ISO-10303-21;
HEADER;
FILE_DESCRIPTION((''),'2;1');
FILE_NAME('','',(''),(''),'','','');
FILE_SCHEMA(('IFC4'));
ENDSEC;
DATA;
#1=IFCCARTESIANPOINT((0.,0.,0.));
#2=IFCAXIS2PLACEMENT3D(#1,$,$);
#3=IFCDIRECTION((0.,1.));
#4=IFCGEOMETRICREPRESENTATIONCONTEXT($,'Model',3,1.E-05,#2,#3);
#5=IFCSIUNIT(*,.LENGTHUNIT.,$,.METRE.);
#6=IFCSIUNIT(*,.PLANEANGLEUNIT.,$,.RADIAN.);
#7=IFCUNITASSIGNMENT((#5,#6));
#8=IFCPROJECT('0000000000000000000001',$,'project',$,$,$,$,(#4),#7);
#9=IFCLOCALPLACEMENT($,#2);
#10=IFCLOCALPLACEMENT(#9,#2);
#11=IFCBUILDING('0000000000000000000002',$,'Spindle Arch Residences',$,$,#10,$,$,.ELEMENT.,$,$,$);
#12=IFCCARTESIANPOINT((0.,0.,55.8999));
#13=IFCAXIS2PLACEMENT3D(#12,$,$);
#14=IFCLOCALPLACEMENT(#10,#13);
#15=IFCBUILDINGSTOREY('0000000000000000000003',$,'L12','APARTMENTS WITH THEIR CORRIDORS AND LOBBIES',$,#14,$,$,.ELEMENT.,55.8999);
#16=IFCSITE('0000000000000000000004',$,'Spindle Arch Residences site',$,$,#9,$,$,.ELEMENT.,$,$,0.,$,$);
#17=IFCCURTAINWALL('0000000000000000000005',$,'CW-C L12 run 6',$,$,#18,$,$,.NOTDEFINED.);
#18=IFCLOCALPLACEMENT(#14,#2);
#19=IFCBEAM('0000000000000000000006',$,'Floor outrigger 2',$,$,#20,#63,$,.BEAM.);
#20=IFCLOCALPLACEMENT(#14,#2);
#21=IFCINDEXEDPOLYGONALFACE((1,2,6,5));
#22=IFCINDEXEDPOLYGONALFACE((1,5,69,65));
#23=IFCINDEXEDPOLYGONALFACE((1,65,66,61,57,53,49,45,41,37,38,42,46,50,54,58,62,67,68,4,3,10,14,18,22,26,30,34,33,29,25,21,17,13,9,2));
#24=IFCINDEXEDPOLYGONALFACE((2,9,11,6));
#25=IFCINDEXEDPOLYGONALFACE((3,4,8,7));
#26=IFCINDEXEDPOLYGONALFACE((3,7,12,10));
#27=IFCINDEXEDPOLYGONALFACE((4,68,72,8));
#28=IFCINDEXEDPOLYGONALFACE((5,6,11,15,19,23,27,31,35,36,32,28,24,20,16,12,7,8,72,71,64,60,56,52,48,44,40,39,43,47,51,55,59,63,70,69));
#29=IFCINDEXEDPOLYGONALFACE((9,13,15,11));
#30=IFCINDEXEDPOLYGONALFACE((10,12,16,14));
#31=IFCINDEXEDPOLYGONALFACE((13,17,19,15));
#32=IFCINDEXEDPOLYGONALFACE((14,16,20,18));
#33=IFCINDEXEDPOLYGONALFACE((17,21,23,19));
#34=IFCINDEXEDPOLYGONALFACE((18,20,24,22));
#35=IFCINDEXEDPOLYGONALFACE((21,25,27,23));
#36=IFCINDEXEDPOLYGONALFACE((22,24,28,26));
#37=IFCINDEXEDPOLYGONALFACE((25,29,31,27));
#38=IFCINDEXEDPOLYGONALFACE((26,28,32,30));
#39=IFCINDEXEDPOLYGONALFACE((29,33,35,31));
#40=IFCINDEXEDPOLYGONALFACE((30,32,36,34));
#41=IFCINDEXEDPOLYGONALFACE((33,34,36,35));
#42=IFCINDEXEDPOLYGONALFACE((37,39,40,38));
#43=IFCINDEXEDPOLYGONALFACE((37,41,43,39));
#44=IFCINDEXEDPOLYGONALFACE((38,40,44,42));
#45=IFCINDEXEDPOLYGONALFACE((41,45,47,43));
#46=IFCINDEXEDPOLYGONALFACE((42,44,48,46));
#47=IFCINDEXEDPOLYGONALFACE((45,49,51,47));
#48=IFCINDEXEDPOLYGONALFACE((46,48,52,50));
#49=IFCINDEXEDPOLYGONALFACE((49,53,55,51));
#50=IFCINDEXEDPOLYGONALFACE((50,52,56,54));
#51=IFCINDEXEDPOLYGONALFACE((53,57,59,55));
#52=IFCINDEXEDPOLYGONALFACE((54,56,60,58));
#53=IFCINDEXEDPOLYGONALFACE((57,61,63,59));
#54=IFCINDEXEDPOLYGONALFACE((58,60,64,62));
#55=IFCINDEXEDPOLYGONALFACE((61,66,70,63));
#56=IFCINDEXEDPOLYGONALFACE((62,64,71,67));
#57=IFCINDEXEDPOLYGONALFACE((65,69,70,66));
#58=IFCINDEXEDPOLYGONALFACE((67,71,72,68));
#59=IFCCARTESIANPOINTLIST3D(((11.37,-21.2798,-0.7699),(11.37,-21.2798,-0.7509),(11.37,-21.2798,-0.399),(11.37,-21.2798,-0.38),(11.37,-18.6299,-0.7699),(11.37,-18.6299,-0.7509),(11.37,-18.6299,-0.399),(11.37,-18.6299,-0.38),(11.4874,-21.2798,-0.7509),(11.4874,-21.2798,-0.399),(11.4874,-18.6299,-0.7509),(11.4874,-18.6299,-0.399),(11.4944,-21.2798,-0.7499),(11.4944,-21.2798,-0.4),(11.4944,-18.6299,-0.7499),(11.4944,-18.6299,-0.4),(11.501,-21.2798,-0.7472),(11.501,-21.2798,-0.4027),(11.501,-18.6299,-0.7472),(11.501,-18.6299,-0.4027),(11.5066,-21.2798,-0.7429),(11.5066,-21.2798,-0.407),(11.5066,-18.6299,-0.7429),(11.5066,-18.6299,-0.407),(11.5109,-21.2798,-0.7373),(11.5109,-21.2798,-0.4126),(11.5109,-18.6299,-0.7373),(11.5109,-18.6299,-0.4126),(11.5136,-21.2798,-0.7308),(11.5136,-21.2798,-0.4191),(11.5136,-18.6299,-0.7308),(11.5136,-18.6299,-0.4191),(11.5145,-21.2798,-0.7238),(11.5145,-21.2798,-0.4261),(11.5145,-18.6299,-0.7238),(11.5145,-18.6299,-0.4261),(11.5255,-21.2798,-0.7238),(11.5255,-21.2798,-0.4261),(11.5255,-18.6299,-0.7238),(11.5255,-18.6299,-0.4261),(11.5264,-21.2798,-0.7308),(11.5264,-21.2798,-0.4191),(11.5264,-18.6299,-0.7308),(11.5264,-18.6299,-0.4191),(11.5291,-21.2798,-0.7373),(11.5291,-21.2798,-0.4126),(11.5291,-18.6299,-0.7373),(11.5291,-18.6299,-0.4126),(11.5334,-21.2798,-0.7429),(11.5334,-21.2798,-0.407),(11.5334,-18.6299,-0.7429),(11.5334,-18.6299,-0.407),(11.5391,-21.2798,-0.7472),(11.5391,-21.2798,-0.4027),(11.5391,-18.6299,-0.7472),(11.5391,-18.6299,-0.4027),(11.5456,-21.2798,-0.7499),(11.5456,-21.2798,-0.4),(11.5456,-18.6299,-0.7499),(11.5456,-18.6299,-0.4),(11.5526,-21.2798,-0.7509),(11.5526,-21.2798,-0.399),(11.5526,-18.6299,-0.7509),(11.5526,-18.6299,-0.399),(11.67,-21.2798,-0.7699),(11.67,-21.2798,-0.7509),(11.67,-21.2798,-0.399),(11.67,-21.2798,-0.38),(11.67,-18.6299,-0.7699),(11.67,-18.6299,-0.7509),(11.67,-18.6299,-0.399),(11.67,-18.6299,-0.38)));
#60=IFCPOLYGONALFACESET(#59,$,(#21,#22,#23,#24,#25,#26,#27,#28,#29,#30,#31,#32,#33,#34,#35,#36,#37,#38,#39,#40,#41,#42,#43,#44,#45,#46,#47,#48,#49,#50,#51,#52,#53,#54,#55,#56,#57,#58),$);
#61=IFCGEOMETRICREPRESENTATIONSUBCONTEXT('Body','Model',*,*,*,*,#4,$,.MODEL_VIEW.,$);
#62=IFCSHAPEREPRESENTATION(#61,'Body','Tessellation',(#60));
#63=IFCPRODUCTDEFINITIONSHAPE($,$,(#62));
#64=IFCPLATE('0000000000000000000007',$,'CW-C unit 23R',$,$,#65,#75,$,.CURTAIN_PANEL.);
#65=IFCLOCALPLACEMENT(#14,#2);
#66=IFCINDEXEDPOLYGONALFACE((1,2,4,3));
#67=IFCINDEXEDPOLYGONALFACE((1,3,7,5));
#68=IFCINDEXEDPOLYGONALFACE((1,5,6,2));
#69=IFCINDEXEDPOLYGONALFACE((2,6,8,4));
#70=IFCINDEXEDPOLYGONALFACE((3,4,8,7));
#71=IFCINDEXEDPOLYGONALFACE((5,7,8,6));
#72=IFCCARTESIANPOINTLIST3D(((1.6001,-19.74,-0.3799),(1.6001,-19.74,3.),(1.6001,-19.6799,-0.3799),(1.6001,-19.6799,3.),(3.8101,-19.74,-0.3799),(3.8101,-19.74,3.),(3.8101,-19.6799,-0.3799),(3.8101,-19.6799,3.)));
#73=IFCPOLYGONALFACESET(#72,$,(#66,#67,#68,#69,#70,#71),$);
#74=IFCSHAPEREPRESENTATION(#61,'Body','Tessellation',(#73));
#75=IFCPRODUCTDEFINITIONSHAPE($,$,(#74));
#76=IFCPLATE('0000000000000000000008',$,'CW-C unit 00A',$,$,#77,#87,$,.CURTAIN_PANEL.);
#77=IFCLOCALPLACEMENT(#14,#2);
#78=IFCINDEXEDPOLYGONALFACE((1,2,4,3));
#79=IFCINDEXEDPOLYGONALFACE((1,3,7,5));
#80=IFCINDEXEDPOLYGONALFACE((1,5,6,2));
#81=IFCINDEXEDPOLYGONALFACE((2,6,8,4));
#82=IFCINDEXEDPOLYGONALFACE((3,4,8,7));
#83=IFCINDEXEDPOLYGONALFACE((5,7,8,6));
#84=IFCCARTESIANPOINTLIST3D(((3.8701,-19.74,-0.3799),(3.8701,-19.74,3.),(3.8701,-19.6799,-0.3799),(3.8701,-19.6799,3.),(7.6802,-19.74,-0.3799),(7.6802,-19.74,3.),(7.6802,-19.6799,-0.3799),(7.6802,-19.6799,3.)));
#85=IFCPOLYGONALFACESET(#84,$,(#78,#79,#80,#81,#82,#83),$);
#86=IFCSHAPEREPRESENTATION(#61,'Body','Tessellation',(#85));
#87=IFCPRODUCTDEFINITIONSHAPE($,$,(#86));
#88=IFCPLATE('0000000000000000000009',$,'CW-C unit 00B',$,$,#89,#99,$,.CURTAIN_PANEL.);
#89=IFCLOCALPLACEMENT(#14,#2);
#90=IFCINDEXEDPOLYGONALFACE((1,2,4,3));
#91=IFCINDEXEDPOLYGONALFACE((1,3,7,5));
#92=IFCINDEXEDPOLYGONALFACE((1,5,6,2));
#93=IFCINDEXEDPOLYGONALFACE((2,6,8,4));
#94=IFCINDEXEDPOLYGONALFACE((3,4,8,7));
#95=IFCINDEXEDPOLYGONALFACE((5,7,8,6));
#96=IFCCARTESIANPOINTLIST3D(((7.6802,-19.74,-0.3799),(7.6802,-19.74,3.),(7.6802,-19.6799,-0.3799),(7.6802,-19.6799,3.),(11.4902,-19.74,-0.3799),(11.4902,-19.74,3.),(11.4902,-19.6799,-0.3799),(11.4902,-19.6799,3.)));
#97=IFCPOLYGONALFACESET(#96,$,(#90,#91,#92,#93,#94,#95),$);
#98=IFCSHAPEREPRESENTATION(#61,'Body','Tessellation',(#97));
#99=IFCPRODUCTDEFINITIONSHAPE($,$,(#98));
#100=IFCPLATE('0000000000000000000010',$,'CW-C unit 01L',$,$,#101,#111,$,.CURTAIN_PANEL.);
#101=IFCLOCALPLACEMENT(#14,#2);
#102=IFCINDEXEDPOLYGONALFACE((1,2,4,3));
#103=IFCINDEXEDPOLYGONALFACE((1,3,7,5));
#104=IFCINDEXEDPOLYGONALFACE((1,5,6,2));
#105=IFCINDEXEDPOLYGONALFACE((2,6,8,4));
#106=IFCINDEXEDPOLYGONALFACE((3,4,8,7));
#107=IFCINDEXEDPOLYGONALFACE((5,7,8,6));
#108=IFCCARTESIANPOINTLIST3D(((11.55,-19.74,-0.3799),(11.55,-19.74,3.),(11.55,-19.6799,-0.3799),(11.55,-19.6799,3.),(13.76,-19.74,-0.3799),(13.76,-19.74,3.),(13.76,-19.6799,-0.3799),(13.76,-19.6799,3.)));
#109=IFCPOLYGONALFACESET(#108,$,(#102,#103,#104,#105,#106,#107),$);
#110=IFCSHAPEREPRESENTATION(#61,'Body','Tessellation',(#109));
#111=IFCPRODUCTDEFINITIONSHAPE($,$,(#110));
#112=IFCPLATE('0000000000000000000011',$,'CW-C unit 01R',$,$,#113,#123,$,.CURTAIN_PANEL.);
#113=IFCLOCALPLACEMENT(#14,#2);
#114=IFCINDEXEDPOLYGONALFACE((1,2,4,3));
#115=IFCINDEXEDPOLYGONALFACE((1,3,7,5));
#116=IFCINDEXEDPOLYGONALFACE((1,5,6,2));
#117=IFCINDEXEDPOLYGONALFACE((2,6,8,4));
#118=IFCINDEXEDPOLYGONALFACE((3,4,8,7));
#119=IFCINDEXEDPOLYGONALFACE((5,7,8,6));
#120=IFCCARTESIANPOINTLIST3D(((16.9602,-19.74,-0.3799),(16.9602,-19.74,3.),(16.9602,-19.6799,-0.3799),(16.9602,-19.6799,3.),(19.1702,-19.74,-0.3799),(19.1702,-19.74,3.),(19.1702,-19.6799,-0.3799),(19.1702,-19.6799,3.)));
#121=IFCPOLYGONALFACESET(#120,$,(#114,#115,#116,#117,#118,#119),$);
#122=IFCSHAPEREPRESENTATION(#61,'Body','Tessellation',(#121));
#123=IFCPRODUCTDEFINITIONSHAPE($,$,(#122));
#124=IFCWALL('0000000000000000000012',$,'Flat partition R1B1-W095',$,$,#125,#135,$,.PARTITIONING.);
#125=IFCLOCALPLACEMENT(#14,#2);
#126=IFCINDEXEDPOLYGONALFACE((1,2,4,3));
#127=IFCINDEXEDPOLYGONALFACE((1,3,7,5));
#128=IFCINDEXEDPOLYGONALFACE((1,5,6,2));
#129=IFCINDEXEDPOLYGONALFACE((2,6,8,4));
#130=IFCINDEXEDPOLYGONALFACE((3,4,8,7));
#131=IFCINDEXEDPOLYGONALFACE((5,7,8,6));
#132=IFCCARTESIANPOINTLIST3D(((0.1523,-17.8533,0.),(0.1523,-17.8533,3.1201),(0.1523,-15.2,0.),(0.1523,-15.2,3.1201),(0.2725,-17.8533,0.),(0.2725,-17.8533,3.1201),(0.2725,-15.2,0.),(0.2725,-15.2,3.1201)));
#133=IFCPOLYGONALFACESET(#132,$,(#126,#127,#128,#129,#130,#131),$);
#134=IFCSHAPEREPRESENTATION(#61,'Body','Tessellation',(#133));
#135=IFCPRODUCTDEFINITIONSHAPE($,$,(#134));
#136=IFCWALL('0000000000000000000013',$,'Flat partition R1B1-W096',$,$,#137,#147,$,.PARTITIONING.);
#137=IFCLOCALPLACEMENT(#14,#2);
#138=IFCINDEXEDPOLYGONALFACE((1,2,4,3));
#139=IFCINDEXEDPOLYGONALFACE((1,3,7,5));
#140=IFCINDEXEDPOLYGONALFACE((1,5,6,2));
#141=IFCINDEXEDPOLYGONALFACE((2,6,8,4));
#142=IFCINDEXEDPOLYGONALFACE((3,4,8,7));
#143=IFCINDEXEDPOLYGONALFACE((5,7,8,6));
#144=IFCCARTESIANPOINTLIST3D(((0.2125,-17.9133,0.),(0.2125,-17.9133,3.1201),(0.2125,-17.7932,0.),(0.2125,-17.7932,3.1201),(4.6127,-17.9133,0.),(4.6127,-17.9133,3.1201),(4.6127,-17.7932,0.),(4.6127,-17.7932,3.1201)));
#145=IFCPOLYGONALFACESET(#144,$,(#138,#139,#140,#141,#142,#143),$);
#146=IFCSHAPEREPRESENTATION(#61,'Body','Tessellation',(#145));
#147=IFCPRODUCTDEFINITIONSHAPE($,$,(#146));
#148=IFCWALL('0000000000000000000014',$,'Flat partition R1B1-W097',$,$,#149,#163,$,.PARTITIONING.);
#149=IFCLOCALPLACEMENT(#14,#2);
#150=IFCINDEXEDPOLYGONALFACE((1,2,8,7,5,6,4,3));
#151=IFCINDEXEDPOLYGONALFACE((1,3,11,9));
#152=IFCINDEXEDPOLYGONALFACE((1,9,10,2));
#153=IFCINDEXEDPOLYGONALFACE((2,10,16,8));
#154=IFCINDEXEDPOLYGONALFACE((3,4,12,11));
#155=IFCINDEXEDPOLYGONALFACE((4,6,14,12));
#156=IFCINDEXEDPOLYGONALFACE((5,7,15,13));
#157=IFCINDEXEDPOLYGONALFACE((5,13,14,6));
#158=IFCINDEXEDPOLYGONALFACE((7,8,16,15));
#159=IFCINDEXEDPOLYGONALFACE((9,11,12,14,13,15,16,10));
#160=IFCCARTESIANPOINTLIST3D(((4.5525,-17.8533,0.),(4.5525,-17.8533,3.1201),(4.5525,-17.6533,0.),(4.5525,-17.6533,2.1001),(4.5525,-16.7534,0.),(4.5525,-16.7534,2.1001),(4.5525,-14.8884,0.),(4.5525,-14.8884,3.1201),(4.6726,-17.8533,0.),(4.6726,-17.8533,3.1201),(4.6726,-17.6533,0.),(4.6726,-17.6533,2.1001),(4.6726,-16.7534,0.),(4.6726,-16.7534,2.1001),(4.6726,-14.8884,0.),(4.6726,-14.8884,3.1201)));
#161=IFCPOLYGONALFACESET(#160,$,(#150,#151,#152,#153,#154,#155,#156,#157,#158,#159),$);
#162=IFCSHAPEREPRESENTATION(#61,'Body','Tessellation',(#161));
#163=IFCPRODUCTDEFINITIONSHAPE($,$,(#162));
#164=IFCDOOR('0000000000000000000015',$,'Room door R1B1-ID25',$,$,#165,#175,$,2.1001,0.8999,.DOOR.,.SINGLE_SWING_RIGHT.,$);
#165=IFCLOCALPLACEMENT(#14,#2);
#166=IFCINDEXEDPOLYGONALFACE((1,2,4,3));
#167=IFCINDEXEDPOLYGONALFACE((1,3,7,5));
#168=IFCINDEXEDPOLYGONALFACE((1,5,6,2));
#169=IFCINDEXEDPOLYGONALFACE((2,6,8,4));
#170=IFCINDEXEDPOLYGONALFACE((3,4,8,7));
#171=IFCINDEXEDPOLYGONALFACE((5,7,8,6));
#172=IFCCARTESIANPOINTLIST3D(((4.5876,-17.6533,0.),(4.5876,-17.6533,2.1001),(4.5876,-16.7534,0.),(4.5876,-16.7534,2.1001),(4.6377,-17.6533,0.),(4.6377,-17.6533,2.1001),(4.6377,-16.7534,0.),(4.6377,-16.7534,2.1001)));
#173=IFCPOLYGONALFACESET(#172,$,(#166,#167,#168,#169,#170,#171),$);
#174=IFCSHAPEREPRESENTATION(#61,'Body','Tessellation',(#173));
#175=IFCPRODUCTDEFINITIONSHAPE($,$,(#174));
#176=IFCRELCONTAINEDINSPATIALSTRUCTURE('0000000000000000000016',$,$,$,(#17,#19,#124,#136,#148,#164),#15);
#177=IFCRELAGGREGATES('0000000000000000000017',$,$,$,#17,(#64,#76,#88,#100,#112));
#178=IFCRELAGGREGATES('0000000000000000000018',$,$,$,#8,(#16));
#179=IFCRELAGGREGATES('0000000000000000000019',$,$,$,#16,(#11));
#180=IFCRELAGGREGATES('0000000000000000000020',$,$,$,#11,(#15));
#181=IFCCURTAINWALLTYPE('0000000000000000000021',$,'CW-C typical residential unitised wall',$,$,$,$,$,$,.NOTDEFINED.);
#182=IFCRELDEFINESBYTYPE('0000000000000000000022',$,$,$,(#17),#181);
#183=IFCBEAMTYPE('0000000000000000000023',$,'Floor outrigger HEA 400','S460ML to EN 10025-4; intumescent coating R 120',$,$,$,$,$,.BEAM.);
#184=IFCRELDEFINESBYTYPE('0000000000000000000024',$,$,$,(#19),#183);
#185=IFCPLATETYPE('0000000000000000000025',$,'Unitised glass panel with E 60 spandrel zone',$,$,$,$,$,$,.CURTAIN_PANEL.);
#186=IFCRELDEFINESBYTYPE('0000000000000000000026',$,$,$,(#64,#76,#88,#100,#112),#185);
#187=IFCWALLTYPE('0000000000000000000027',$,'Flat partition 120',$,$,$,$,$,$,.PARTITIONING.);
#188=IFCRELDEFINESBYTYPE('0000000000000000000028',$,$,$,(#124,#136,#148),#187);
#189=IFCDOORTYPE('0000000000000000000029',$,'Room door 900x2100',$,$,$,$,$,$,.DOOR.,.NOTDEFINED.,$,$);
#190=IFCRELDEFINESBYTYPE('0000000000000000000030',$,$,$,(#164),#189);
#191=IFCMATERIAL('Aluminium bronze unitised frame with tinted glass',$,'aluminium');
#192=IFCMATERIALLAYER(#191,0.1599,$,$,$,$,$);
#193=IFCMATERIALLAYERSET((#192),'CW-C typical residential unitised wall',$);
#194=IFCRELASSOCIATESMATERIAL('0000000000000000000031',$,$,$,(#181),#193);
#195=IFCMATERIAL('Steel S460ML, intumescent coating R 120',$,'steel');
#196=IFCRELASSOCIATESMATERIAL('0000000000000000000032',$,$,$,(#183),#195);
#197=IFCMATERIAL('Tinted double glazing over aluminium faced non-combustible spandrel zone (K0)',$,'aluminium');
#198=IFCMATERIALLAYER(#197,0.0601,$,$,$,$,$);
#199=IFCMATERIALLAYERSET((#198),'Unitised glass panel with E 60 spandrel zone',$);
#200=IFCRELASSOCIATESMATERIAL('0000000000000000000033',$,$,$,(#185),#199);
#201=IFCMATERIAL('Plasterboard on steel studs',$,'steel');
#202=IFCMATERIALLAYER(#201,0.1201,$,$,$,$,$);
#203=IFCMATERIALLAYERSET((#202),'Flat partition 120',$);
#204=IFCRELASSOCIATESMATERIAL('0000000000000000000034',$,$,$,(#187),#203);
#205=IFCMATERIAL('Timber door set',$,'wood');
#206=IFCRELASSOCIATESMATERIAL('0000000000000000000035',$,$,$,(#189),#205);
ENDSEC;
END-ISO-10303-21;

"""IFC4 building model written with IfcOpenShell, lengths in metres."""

from ifc_helpers import new_model, si_unit, direction, frame, frame_2d, origin, origin_2d, place, context, subcontext, project, spatial, rectangle, i_section, extrude, material, layer, layer_set, material_profile, profile_set, type_object, element, fill, aggregate, save


model = new_model("IFC4")

# Units and contexts
model_context = context("Model", 3, precision=1e-05, world=origin(), true_north=direction((0.0, 1.0)))
body_context = subcontext(model_context, "Body", "Model", "MODEL_VIEW")
ifc_project = project(units=[si_unit("LENGTHUNIT", "METRE"), si_unit("PLANEANGLEUNIT", "RADIAN")], contexts=[model_context])

# Site, building, storey
site_placement = place(None, origin())
site = spatial("IfcSite", under=ifc_project, at=site_placement, Name="Spindle Arch Residences site", CompositionType="ELEMENT", RefElevation=0.0)
building_placement = place(site_placement, origin())
building = spatial("IfcBuilding", under=site, at=building_placement, Name="Spindle Arch Residences", CompositionType="ELEMENT")
storey_placement = place(building_placement, frame((0.0, 0.0, 55.8999)))
storey = spatial("IfcBuildingStorey", under=building, at=storey_placement, Name="L12", Description="APARTMENTS WITH THEIR CORRIDORS AND LOBBIES", CompositionType="ELEMENT", Elevation=55.8999)

# Curtain wall
ifc_material_1 = material(Name="Aluminium bronze unitised frame with tinted glass", Category="aluminium")
ifc_layer_1 = layer(ifc_material_1, 0.1599)
ifc_layer_set_1 = layer_set([ifc_layer_1], Name="CW-C typical residential unitised wall")
curtain_wall_type = type_object("IfcCurtainWallType", Name="CW-C typical residential unitised wall", PredefinedType="NOTDEFINED", material=ifc_layer_set_1)
curtain_wall_placement = place(storey_placement, origin())
curtain_wall = element("IfcCurtainWall", 1, at=curtain_wall_placement, inside=storey, type_object=curtain_wall_type, Name="CW-C L12 run 6", PredefinedType="NOTDEFINED")

# Beam
ifc_material_2 = material(Name="Steel S460ML, intumescent coating R 120", Category="steel")
ifc_material_profile_1 = material_profile(ifc_material_2, i_section(OverallWidth=0.3, OverallDepth=0.3899, WebThickness=0.011, FlangeThickness=0.019, FilletRadius=0.0271, at=origin_2d()), Name="HEA 400")
ifc_profile_set_1 = profile_set([ifc_material_profile_1], Name="Steel S460ML, intumescent coating R 120")
beam_type_1 = type_object("IfcBeamType", Name="Floor outrigger HEA 400", Description="S460ML to EN 10025-4; intumescent coating R 120", PredefinedType="BEAM", material=ifc_profile_set_1)
for number, where, z_axis, x_axis, name in (
    (2, (11.52, -21.2798, -0.575), (0.0, 1.0, 0.0), (-1.0, 0.0, 0.0), "Floor outrigger 2"),
):
    element("IfcBeam", number, at=place(storey_placement, frame(where, z_axis=z_axis, x_axis=x_axis)), inside=storey, type_object=beam_type_1, Name=name, PredefinedType="BEAM", context=body_context, shape_type="SweptSolid", body=[
        extrude(i_section(OverallWidth=0.3, OverallDepth=0.3899, WebThickness=0.011, FlangeThickness=0.019, FilletRadius=0.0271, at=origin_2d()), origin(), (0.0, 0.0, 1.0), 2.6499),
    ])

# Plates
ifc_material_3 = material(Name="Tinted double glazing over aluminium faced non-combustible spandrel zone (K0)", Category="aluminium")
ifc_layer_2 = layer(ifc_material_3, 0.0601)
ifc_layer_set_2 = layer_set([ifc_layer_2], Name="Unitised glass panel with E 60 spandrel zone")
plate_type = type_object("IfcPlateType", Name="Unitised glass panel with E 60 spandrel zone", PredefinedType="CURTAIN_PANEL", material=ifc_layer_set_2)
plate_1_placement = place(storey_placement, frame((2.7051, -19.71, -0.3799), z_axis=(0.0, 0.0, 1.0), x_axis=(1.0, 0.0, 0.0)))
plate_1 = element("IfcPlate", 3, at=plate_1_placement, type_object=plate_type, Name="CW-C unit 23R", PredefinedType="CURTAIN_PANEL", context=body_context, shape_type="SweptSolid", body=[
    extrude(rectangle(XDim=2.21, YDim=0.0601, at=origin_2d()), origin(), (0.0, 0.0, 1.0), 3.3799),
])
plate_2_placement = place(storey_placement, frame((5.7751, -19.71, -0.3799), z_axis=(0.0, 0.0, 1.0), x_axis=(1.0, 0.0, 0.0)))
plate_2 = element("IfcPlate", 4, at=plate_2_placement, type_object=plate_type, Name="CW-C unit 00A", PredefinedType="CURTAIN_PANEL", context=body_context, shape_type="SweptSolid", body=[
    extrude(rectangle(XDim=3.8101, YDim=0.0601, at=origin_2d()), origin(), (0.0, 0.0, 1.0), 3.3799),
])
plate_3_placement = place(storey_placement, frame((9.5852, -19.71, -0.3799), z_axis=(0.0, 0.0, 1.0), x_axis=(1.0, 0.0, 0.0)))
plate_3 = element("IfcPlate", 5, at=plate_3_placement, type_object=plate_type, Name="CW-C unit 00B", PredefinedType="CURTAIN_PANEL", context=body_context, shape_type="SweptSolid", body=[
    extrude(rectangle(XDim=3.8101, YDim=0.0601, at=origin_2d()), origin(), (0.0, 0.0, 1.0), 3.3799),
])
plate_4_placement = place(storey_placement, frame((12.655, -19.71, -0.3799), z_axis=(0.0, 0.0, 1.0), x_axis=(1.0, 0.0, 0.0)))
plate_4 = element("IfcPlate", 6, at=plate_4_placement, type_object=plate_type, Name="CW-C unit 01L", PredefinedType="CURTAIN_PANEL", context=body_context, shape_type="SweptSolid", body=[
    extrude(rectangle(XDim=2.21, YDim=0.0601, at=origin_2d()), origin(), (0.0, 0.0, 1.0), 3.3799),
])
plate_5_placement = place(storey_placement, frame((18.0652, -19.71, -0.3799), z_axis=(0.0, 0.0, 1.0), x_axis=(1.0, 0.0, 0.0)))
plate_5 = element("IfcPlate", 7, at=plate_5_placement, type_object=plate_type, Name="CW-C unit 01R", PredefinedType="CURTAIN_PANEL", context=body_context, shape_type="SweptSolid", body=[
    extrude(rectangle(XDim=2.21, YDim=0.0601, at=origin_2d()), origin(), (0.0, 0.0, 1.0), 3.3799),
])
aggregate(curtain_wall, [plate_1, plate_2, plate_3, plate_4, plate_5])

# Walls
ifc_material_4 = material(Name="Plasterboard on steel studs", Category="steel")
ifc_layer_3 = layer(ifc_material_4, 0.1201)
ifc_layer_set_3 = layer_set([ifc_layer_3], Name="Flat partition 120")
wall_type_1 = type_object("IfcWallType", Name="Flat partition 120", PredefinedType="PARTITIONING", material=ifc_layer_set_3)
wall_1_placement = place(storey_placement, frame((0.2124, -15.2, 0.0), z_axis=(0.0, 0.0, 1.0), x_axis=(0.0, -1.0, 0.0)))
element("IfcWall", 8, at=wall_1_placement, inside=storey, type_object=wall_type_1, Name="Flat partition R1B1-W095", PredefinedType="PARTITIONING", context=body_context, shape_type="SweptSolid", body=[
    extrude(rectangle(XDim=2.6533, YDim=0.1201, at=frame_2d((1.3267, 0.0))), origin(), (0.0, 0.0, 1.0), 3.1201),
])
wall_2_placement = place(storey_placement, frame((0.2124, -17.8533, 0.0), z_axis=(0.0, 0.0, 1.0), x_axis=(1.0, 0.0, 0.0)))
element("IfcWall", 9, at=wall_2_placement, inside=storey, type_object=wall_type_1, Name="Flat partition R1B1-W096", PredefinedType="PARTITIONING", context=body_context, shape_type="SweptSolid", body=[
    extrude(rectangle(XDim=4.4001, YDim=0.1201, at=frame_2d((2.2002, 0.0))), origin(), (0.0, 0.0, 1.0), 3.1201),
])

# Wall, opening, door
wall_3_placement = place(storey_placement, frame((4.6125, -17.8533, 0.0), z_axis=(0.0, 0.0, 1.0), x_axis=(0.0, 1.0, 0.0)))
wall_3 = element("IfcWall", 10, at=wall_3_placement, inside=storey, type_object=wall_type_1, Name="Flat partition R1B1-W097", PredefinedType="PARTITIONING", context=body_context, shape_type="SweptSolid", body=[
    extrude(rectangle(XDim=2.9648, YDim=0.1201, at=frame_2d((1.4824, 0.0))), origin(), (0.0, 0.0, 1.0), 3.1201),
])
opening_1_placement = place(wall_3_placement, frame((0.2, 0.0, 0.0)))
opening_1 = element("IfcOpeningElement", 11, at=opening_1_placement, cuts=wall_3, PredefinedType="OPENING", context=body_context, shape_type="SweptSolid", body=[
    extrude(rectangle(XDim=0.8999, YDim=2.1001, at=frame_2d((0.45, 1.05))), frame((0.0, 0.0701, 0.0), z_axis=(0.0, -1.0, 0.0), x_axis=(1.0, 0.0, 0.0)), (0.0, 0.0, 1.0), 0.1401),
])
ifc_material_5 = material(Name="Timber door set", Category="wood")
door_type_1 = type_object("IfcDoorType", Name="Room door 900x2100", OperationType="NOTDEFINED", PredefinedType="DOOR", material=ifc_material_5)
door_1_placement = place(opening_1_placement, origin())
door_1 = element("IfcDoor", 12, at=door_1_placement, inside=storey, type_object=door_type_1, Name="Room door R1B1-ID25", OperationType="SINGLE_SWING_RIGHT", OverallHeight=2.1001, OverallWidth=0.8999, PredefinedType="DOOR", context=body_context, shape_type="SweptSolid", body=[
    extrude(rectangle(XDim=0.8999, YDim=2.1001, at=frame_2d((0.45, 1.05))), frame((0.0, 0.0249, 0.0), z_axis=(0.0, -1.0, 0.0), x_axis=(1.0, 0.0, 0.0)), (0.0, 0.0, 1.0), 0.05),
])
fill(opening_1, door_1)

save(model, "model.ifc")
